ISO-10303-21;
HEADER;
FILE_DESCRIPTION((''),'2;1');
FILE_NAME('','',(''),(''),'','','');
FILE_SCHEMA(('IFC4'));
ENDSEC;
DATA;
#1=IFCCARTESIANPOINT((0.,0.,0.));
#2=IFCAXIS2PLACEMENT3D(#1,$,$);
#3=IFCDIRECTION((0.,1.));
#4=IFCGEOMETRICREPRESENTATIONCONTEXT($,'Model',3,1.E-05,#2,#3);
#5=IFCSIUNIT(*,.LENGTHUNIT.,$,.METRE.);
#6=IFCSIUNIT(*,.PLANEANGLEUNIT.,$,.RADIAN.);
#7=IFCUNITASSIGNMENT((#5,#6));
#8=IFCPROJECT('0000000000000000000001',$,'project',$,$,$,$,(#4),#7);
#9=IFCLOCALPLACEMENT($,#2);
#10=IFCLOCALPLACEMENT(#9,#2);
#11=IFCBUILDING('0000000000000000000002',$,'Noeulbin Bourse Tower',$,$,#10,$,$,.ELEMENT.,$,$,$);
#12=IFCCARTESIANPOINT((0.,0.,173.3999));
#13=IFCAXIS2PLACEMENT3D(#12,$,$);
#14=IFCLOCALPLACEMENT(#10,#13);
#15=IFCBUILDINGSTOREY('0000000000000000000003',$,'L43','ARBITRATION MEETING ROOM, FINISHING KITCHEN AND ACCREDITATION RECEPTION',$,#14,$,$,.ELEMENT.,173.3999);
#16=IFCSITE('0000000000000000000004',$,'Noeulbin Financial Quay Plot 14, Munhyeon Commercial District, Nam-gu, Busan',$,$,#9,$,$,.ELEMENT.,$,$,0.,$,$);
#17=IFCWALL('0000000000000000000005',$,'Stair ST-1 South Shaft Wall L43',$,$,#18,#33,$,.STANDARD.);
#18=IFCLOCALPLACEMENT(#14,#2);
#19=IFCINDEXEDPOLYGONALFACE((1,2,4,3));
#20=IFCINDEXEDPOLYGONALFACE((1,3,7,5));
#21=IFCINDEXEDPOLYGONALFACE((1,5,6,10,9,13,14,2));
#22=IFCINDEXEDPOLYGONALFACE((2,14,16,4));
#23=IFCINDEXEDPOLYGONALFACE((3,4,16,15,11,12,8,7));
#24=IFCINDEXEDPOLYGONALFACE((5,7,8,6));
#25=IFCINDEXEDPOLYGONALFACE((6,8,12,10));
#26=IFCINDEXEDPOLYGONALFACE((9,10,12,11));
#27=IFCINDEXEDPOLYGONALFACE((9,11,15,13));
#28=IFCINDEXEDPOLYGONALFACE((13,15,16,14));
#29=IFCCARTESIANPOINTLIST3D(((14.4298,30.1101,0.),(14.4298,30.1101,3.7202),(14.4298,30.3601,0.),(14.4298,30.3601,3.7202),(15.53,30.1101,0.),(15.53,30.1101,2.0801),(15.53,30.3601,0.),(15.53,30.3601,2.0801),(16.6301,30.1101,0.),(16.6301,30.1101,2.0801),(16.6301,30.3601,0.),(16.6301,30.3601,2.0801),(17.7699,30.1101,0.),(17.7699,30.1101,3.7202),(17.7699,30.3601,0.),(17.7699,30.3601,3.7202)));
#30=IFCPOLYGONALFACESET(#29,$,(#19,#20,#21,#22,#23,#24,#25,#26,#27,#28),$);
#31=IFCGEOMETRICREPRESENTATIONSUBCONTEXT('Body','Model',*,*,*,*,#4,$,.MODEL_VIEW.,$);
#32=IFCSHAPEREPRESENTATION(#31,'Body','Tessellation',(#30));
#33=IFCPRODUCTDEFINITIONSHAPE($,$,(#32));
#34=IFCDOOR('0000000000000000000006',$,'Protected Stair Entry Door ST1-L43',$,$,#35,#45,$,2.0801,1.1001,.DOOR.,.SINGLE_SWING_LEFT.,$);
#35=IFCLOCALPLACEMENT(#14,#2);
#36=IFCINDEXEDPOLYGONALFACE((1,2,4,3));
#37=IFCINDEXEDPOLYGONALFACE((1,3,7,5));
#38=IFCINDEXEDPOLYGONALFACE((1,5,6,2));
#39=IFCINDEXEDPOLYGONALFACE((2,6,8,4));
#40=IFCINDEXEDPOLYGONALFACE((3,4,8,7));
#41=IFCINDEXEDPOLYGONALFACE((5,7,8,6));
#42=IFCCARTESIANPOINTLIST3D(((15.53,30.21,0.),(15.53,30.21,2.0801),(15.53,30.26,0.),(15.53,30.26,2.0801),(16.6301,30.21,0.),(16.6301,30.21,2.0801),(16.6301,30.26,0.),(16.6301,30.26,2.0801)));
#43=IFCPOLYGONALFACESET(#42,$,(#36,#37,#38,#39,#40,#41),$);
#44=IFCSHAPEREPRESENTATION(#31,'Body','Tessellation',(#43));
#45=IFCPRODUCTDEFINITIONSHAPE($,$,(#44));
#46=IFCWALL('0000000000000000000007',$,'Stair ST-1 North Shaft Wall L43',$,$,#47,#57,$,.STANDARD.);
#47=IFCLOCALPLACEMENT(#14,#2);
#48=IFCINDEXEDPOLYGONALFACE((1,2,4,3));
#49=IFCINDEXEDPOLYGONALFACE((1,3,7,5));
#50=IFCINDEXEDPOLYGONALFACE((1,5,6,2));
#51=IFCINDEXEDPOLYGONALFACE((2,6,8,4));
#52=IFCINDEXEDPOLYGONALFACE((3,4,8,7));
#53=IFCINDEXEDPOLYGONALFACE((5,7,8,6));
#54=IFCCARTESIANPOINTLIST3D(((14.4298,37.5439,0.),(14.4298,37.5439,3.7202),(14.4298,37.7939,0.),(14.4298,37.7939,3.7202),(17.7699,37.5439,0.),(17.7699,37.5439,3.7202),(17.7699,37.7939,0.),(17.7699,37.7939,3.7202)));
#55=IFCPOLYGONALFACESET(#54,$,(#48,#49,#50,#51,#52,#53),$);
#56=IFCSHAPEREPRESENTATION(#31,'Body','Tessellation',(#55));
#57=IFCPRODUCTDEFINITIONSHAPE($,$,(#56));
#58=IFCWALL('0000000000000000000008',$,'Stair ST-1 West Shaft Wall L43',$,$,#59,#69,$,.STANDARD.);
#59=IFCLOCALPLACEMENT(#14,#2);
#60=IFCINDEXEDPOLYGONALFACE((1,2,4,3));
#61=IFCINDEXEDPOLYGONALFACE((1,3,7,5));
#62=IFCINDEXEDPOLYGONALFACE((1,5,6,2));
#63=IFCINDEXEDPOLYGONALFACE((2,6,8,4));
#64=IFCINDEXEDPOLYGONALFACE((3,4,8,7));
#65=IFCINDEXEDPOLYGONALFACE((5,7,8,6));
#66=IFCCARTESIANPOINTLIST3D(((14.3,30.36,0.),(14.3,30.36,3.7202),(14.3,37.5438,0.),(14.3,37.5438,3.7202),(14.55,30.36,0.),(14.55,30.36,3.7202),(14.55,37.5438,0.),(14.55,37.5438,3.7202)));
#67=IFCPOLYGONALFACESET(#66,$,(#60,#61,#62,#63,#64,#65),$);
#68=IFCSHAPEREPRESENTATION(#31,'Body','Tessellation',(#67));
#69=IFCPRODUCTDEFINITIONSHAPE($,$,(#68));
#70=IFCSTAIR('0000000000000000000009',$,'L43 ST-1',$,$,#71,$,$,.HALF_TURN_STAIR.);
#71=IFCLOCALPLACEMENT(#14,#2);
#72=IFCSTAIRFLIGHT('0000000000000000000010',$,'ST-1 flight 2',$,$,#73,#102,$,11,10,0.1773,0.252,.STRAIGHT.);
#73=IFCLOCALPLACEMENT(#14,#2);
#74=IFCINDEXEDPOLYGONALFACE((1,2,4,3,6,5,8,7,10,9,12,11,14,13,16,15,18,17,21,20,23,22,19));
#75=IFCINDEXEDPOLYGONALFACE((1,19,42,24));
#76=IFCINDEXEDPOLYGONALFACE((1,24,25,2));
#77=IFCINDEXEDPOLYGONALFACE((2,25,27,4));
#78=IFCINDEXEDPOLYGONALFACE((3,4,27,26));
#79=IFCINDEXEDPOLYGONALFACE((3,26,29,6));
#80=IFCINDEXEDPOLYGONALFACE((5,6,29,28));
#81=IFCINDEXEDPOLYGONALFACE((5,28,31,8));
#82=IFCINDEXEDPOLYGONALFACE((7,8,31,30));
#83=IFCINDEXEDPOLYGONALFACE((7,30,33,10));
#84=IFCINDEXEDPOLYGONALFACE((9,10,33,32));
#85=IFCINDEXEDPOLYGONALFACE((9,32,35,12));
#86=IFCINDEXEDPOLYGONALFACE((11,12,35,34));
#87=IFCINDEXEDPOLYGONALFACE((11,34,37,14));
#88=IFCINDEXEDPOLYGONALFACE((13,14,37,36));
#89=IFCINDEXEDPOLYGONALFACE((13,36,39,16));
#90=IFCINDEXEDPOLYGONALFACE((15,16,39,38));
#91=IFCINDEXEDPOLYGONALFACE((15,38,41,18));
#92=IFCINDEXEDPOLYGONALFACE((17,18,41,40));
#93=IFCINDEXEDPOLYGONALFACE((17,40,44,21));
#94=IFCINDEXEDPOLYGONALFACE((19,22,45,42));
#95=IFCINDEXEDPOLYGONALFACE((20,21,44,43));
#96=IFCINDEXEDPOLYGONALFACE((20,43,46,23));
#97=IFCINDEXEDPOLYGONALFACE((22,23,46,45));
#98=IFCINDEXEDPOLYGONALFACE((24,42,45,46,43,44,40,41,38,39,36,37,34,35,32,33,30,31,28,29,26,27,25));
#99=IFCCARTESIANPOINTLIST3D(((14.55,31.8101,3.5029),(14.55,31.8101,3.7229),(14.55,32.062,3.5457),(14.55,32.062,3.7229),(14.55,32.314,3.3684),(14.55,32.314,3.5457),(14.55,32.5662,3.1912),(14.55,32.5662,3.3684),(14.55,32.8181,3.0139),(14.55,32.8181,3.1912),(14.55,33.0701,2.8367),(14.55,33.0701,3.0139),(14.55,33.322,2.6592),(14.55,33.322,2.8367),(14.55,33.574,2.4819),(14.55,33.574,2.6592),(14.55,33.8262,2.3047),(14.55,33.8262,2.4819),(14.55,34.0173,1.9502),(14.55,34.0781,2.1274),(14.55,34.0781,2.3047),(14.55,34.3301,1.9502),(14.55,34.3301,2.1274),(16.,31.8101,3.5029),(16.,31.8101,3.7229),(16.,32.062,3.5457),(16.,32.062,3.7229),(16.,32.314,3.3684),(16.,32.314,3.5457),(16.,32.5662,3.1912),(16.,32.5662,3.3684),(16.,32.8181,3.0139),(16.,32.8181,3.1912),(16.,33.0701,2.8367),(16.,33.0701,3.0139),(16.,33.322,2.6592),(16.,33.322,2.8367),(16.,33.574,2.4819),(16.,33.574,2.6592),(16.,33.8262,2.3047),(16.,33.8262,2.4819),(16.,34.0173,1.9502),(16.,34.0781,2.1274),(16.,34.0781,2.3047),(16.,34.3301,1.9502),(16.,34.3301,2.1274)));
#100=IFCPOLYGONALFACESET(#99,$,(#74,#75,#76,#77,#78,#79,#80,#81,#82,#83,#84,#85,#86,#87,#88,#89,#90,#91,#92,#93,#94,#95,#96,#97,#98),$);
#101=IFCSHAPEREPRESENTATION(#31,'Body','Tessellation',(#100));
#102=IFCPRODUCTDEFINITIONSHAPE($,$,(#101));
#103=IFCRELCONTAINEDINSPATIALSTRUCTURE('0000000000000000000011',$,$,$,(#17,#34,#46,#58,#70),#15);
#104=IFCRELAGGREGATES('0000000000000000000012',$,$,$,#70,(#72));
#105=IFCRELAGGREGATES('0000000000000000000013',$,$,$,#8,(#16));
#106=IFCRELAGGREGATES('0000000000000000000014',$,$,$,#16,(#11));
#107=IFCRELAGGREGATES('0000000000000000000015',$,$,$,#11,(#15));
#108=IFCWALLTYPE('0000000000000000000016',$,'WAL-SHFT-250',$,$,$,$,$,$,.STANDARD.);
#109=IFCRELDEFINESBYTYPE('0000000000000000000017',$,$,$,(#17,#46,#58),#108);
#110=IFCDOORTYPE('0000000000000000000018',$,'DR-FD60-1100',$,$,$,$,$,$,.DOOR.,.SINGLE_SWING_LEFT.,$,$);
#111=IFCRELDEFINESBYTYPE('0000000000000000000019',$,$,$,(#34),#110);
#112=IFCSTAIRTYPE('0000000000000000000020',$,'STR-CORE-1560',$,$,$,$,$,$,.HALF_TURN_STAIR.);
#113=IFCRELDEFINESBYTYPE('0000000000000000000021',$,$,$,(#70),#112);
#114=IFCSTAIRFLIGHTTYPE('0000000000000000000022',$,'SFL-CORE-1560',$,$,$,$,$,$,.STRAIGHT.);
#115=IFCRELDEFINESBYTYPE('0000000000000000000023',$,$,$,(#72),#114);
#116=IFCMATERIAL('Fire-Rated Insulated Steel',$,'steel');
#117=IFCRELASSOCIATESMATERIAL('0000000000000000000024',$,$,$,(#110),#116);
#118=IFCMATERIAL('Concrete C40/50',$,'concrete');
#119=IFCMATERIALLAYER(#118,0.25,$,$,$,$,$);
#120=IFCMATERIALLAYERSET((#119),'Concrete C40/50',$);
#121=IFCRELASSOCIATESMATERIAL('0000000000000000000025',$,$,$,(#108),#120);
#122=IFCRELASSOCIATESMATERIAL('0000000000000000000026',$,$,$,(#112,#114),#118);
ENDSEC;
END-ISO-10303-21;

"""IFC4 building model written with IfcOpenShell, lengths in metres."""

from ifc_helpers import new_model, si_unit, direction, frame, frame_2d, origin, place, context, subcontext, project, spatial, polyline, rectangle, outline, extrude, material, layer, layer_set, type_object, element, fill, aggregate, save


model = new_model("IFC4")

# Units and contexts
model_context = context("Model", 3, precision=1e-05, world=origin(), true_north=direction((0.0, 1.0)))
body_context = subcontext(model_context, "Body", "Model", "MODEL_VIEW")
ifc_project = project(units=[si_unit("LENGTHUNIT", "METRE"), si_unit("PLANEANGLEUNIT", "RADIAN")], contexts=[model_context])

# Site, building, storey
site_placement = place(None, origin())
site = spatial("IfcSite", under=ifc_project, at=site_placement, Name="Noeulbin Financial Quay Plot 14, Munhyeon Commercial District, Nam-gu, Busan", CompositionType="ELEMENT", RefElevation=0.0)
building_placement = place(site_placement, origin())
building = spatial("IfcBuilding", under=site, at=building_placement, Name="Noeulbin Bourse Tower", CompositionType="ELEMENT")
storey_placement = place(building_placement, frame((0.0, 0.0, 173.3999)))
storey = spatial("IfcBuildingStorey", under=building, at=storey_placement, Name="L43", Description="ARBITRATION MEETING ROOM, FINISHING KITCHEN AND ACCREDITATION RECEPTION", CompositionType="ELEMENT", Elevation=173.3999)

# Shared definitions
ifc_material_1 = material(Name="Fire-Rated Insulated Steel", Category="steel")
door_type_1 = type_object("IfcDoorType", Name="DR-FD60-1100", OperationType="SINGLE_SWING_LEFT", PredefinedType="DOOR", material=ifc_material_1)

# Wall, opening, door
ifc_material_2 = material(Name="Concrete C40/50", Category="concrete")
ifc_layer_1 = layer(ifc_material_2, 0.25)
ifc_layer_set_1 = layer_set([ifc_layer_1], Name="Concrete C40/50")
wall_type_1 = type_object("IfcWallType", Name="WAL-SHFT-250", PredefinedType="STANDARD", material=ifc_layer_set_1)
wall_1_placement = place(storey_placement, frame((14.4299, 30.2351, 0.0), z_axis=(0.0, 0.0, 1.0), x_axis=(1.0, 0.0, 0.0)))
wall_1 = element("IfcWall", 1, at=wall_1_placement, inside=storey, type_object=wall_type_1, Name="Stair ST-1 South Shaft Wall L43", PredefinedType="STANDARD", context=body_context, shape_type="SweptSolid", body=[
    extrude(rectangle(XDim=3.3401, YDim=0.25, at=frame_2d((1.6699, 0.0))), origin(), (0.0, 0.0, 1.0), 3.7202),
])
opening_1_placement = place(wall_1_placement, frame((1.1001, 0.0, 0.0)))
opening_1 = element("IfcOpeningElement", 2, at=opening_1_placement, cuts=wall_1, PredefinedType="OPENING", context=body_context, shape_type="SweptSolid", body=[
    extrude(rectangle(XDim=1.1001, YDim=2.0801, at=frame_2d((0.55, 1.04))), frame((0.0, 0.135, 0.0), z_axis=(0.0, -1.0, 0.0), x_axis=(1.0, 0.0, 0.0)), (0.0, 0.0, 1.0), 0.27),
])
door_1_placement = place(opening_1_placement, origin())
door_1 = element("IfcDoor", 3, at=door_1_placement, inside=storey, type_object=door_type_1, Name="Protected Stair Entry Door ST1-L43", OperationType="SINGLE_SWING_LEFT", OverallHeight=2.0801, OverallWidth=1.1001, PredefinedType="DOOR", context=body_context, shape_type="SweptSolid", body=[
    extrude(rectangle(XDim=1.1001, YDim=2.0801, at=frame_2d((0.55, 1.04))), frame((0.0, 0.0249, 0.0), z_axis=(0.0, -1.0, 0.0), x_axis=(1.0, 0.0, 0.0)), (0.0, 0.0, 1.0), 0.05),
])
fill(opening_1, door_1)

# Walls
wall_2_placement = place(storey_placement, frame((14.4299, 37.6689, 0.0), z_axis=(0.0, 0.0, 1.0), x_axis=(1.0, 0.0, 0.0)))
element("IfcWall", 4, at=wall_2_placement, inside=storey, type_object=wall_type_1, Name="Stair ST-1 North Shaft Wall L43", PredefinedType="STANDARD", context=body_context, shape_type="SweptSolid", body=[
    extrude(rectangle(XDim=3.3401, YDim=0.25, at=frame_2d((1.6699, 0.0))), origin(), (0.0, 0.0, 1.0), 3.7202),
])
wall_3_placement = place(storey_placement, frame((14.425, 30.3601, 0.0), z_axis=(0.0, 0.0, 1.0), x_axis=(0.0, 1.0, 0.0)))
element("IfcWall", 5, at=wall_3_placement, inside=storey, type_object=wall_type_1, Name="Stair ST-1 West Shaft Wall L43", PredefinedType="STANDARD", context=body_context, shape_type="SweptSolid", body=[
    extrude(rectangle(XDim=7.1838, YDim=0.25, at=frame_2d((3.5918, 0.0))), origin(), (0.0, 0.0, 1.0), 3.7202),
])

# Stair, stair flight
stair_type = type_object("IfcStairType", Name="STR-CORE-1560", PredefinedType="HALF_TURN_STAIR", material=ifc_material_2)
stair_placement = place(storey_placement, origin())
stair = element("IfcStair", 6, at=stair_placement, inside=storey, type_object=stair_type, Name="L43 ST-1", PredefinedType="HALF_TURN_STAIR")
stair_flight_type = type_object("IfcStairFlightType", Name="SFL-CORE-1560", PredefinedType="STRAIGHT", material=ifc_material_2)
stair_flight_placement = place(storey_placement, frame((15.2749, 34.3301, 1.9502), z_axis=(0.0, 0.0, 1.0), x_axis=(0.0, -1.0, 0.0)))
stair_flight = element("IfcStairFlight", 7, at=stair_flight_placement, type_object=stair_flight_type, Name="ST-1 flight 2", NumberOfRisers=11, NumberOfTreads=10, PredefinedType="STRAIGHT", RiserHeight=0.1773, TreadLength=0.252, context=body_context, shape_type="SweptSolid", body=[
    extrude(outline(polyline([(0.0, 0.0), (0.0, 0.1772), (0.252, 0.1772), (0.252, 0.3545), (0.5039, 0.3545), (0.5039, 0.5317), (0.7561, 0.5317), (0.7561, 0.709), (1.0081, 0.709), (1.0081, 0.8865), (1.26, 0.8865), (1.26, 1.0637), (1.512, 1.0637), (1.512, 1.241), (1.7639, 1.241), (1.7639, 1.4182), (2.0161, 1.4182), (2.0161, 1.5955), (2.2681, 1.5955), (2.2681, 1.7727), (2.52, 1.7727), (2.52, 1.95), (2.52, 1.5527), (0.3127, 0.0), (0.0, 0.0)])), frame((0.0, 0.7251, 0.0), z_axis=(0.0, -1.0, 0.0), x_axis=(1.0, 0.0, 0.0)), (0.0, 0.0, 1.0), 1.45),
])
aggregate(stair, [stair_flight])

save(model, "model.ifc")
